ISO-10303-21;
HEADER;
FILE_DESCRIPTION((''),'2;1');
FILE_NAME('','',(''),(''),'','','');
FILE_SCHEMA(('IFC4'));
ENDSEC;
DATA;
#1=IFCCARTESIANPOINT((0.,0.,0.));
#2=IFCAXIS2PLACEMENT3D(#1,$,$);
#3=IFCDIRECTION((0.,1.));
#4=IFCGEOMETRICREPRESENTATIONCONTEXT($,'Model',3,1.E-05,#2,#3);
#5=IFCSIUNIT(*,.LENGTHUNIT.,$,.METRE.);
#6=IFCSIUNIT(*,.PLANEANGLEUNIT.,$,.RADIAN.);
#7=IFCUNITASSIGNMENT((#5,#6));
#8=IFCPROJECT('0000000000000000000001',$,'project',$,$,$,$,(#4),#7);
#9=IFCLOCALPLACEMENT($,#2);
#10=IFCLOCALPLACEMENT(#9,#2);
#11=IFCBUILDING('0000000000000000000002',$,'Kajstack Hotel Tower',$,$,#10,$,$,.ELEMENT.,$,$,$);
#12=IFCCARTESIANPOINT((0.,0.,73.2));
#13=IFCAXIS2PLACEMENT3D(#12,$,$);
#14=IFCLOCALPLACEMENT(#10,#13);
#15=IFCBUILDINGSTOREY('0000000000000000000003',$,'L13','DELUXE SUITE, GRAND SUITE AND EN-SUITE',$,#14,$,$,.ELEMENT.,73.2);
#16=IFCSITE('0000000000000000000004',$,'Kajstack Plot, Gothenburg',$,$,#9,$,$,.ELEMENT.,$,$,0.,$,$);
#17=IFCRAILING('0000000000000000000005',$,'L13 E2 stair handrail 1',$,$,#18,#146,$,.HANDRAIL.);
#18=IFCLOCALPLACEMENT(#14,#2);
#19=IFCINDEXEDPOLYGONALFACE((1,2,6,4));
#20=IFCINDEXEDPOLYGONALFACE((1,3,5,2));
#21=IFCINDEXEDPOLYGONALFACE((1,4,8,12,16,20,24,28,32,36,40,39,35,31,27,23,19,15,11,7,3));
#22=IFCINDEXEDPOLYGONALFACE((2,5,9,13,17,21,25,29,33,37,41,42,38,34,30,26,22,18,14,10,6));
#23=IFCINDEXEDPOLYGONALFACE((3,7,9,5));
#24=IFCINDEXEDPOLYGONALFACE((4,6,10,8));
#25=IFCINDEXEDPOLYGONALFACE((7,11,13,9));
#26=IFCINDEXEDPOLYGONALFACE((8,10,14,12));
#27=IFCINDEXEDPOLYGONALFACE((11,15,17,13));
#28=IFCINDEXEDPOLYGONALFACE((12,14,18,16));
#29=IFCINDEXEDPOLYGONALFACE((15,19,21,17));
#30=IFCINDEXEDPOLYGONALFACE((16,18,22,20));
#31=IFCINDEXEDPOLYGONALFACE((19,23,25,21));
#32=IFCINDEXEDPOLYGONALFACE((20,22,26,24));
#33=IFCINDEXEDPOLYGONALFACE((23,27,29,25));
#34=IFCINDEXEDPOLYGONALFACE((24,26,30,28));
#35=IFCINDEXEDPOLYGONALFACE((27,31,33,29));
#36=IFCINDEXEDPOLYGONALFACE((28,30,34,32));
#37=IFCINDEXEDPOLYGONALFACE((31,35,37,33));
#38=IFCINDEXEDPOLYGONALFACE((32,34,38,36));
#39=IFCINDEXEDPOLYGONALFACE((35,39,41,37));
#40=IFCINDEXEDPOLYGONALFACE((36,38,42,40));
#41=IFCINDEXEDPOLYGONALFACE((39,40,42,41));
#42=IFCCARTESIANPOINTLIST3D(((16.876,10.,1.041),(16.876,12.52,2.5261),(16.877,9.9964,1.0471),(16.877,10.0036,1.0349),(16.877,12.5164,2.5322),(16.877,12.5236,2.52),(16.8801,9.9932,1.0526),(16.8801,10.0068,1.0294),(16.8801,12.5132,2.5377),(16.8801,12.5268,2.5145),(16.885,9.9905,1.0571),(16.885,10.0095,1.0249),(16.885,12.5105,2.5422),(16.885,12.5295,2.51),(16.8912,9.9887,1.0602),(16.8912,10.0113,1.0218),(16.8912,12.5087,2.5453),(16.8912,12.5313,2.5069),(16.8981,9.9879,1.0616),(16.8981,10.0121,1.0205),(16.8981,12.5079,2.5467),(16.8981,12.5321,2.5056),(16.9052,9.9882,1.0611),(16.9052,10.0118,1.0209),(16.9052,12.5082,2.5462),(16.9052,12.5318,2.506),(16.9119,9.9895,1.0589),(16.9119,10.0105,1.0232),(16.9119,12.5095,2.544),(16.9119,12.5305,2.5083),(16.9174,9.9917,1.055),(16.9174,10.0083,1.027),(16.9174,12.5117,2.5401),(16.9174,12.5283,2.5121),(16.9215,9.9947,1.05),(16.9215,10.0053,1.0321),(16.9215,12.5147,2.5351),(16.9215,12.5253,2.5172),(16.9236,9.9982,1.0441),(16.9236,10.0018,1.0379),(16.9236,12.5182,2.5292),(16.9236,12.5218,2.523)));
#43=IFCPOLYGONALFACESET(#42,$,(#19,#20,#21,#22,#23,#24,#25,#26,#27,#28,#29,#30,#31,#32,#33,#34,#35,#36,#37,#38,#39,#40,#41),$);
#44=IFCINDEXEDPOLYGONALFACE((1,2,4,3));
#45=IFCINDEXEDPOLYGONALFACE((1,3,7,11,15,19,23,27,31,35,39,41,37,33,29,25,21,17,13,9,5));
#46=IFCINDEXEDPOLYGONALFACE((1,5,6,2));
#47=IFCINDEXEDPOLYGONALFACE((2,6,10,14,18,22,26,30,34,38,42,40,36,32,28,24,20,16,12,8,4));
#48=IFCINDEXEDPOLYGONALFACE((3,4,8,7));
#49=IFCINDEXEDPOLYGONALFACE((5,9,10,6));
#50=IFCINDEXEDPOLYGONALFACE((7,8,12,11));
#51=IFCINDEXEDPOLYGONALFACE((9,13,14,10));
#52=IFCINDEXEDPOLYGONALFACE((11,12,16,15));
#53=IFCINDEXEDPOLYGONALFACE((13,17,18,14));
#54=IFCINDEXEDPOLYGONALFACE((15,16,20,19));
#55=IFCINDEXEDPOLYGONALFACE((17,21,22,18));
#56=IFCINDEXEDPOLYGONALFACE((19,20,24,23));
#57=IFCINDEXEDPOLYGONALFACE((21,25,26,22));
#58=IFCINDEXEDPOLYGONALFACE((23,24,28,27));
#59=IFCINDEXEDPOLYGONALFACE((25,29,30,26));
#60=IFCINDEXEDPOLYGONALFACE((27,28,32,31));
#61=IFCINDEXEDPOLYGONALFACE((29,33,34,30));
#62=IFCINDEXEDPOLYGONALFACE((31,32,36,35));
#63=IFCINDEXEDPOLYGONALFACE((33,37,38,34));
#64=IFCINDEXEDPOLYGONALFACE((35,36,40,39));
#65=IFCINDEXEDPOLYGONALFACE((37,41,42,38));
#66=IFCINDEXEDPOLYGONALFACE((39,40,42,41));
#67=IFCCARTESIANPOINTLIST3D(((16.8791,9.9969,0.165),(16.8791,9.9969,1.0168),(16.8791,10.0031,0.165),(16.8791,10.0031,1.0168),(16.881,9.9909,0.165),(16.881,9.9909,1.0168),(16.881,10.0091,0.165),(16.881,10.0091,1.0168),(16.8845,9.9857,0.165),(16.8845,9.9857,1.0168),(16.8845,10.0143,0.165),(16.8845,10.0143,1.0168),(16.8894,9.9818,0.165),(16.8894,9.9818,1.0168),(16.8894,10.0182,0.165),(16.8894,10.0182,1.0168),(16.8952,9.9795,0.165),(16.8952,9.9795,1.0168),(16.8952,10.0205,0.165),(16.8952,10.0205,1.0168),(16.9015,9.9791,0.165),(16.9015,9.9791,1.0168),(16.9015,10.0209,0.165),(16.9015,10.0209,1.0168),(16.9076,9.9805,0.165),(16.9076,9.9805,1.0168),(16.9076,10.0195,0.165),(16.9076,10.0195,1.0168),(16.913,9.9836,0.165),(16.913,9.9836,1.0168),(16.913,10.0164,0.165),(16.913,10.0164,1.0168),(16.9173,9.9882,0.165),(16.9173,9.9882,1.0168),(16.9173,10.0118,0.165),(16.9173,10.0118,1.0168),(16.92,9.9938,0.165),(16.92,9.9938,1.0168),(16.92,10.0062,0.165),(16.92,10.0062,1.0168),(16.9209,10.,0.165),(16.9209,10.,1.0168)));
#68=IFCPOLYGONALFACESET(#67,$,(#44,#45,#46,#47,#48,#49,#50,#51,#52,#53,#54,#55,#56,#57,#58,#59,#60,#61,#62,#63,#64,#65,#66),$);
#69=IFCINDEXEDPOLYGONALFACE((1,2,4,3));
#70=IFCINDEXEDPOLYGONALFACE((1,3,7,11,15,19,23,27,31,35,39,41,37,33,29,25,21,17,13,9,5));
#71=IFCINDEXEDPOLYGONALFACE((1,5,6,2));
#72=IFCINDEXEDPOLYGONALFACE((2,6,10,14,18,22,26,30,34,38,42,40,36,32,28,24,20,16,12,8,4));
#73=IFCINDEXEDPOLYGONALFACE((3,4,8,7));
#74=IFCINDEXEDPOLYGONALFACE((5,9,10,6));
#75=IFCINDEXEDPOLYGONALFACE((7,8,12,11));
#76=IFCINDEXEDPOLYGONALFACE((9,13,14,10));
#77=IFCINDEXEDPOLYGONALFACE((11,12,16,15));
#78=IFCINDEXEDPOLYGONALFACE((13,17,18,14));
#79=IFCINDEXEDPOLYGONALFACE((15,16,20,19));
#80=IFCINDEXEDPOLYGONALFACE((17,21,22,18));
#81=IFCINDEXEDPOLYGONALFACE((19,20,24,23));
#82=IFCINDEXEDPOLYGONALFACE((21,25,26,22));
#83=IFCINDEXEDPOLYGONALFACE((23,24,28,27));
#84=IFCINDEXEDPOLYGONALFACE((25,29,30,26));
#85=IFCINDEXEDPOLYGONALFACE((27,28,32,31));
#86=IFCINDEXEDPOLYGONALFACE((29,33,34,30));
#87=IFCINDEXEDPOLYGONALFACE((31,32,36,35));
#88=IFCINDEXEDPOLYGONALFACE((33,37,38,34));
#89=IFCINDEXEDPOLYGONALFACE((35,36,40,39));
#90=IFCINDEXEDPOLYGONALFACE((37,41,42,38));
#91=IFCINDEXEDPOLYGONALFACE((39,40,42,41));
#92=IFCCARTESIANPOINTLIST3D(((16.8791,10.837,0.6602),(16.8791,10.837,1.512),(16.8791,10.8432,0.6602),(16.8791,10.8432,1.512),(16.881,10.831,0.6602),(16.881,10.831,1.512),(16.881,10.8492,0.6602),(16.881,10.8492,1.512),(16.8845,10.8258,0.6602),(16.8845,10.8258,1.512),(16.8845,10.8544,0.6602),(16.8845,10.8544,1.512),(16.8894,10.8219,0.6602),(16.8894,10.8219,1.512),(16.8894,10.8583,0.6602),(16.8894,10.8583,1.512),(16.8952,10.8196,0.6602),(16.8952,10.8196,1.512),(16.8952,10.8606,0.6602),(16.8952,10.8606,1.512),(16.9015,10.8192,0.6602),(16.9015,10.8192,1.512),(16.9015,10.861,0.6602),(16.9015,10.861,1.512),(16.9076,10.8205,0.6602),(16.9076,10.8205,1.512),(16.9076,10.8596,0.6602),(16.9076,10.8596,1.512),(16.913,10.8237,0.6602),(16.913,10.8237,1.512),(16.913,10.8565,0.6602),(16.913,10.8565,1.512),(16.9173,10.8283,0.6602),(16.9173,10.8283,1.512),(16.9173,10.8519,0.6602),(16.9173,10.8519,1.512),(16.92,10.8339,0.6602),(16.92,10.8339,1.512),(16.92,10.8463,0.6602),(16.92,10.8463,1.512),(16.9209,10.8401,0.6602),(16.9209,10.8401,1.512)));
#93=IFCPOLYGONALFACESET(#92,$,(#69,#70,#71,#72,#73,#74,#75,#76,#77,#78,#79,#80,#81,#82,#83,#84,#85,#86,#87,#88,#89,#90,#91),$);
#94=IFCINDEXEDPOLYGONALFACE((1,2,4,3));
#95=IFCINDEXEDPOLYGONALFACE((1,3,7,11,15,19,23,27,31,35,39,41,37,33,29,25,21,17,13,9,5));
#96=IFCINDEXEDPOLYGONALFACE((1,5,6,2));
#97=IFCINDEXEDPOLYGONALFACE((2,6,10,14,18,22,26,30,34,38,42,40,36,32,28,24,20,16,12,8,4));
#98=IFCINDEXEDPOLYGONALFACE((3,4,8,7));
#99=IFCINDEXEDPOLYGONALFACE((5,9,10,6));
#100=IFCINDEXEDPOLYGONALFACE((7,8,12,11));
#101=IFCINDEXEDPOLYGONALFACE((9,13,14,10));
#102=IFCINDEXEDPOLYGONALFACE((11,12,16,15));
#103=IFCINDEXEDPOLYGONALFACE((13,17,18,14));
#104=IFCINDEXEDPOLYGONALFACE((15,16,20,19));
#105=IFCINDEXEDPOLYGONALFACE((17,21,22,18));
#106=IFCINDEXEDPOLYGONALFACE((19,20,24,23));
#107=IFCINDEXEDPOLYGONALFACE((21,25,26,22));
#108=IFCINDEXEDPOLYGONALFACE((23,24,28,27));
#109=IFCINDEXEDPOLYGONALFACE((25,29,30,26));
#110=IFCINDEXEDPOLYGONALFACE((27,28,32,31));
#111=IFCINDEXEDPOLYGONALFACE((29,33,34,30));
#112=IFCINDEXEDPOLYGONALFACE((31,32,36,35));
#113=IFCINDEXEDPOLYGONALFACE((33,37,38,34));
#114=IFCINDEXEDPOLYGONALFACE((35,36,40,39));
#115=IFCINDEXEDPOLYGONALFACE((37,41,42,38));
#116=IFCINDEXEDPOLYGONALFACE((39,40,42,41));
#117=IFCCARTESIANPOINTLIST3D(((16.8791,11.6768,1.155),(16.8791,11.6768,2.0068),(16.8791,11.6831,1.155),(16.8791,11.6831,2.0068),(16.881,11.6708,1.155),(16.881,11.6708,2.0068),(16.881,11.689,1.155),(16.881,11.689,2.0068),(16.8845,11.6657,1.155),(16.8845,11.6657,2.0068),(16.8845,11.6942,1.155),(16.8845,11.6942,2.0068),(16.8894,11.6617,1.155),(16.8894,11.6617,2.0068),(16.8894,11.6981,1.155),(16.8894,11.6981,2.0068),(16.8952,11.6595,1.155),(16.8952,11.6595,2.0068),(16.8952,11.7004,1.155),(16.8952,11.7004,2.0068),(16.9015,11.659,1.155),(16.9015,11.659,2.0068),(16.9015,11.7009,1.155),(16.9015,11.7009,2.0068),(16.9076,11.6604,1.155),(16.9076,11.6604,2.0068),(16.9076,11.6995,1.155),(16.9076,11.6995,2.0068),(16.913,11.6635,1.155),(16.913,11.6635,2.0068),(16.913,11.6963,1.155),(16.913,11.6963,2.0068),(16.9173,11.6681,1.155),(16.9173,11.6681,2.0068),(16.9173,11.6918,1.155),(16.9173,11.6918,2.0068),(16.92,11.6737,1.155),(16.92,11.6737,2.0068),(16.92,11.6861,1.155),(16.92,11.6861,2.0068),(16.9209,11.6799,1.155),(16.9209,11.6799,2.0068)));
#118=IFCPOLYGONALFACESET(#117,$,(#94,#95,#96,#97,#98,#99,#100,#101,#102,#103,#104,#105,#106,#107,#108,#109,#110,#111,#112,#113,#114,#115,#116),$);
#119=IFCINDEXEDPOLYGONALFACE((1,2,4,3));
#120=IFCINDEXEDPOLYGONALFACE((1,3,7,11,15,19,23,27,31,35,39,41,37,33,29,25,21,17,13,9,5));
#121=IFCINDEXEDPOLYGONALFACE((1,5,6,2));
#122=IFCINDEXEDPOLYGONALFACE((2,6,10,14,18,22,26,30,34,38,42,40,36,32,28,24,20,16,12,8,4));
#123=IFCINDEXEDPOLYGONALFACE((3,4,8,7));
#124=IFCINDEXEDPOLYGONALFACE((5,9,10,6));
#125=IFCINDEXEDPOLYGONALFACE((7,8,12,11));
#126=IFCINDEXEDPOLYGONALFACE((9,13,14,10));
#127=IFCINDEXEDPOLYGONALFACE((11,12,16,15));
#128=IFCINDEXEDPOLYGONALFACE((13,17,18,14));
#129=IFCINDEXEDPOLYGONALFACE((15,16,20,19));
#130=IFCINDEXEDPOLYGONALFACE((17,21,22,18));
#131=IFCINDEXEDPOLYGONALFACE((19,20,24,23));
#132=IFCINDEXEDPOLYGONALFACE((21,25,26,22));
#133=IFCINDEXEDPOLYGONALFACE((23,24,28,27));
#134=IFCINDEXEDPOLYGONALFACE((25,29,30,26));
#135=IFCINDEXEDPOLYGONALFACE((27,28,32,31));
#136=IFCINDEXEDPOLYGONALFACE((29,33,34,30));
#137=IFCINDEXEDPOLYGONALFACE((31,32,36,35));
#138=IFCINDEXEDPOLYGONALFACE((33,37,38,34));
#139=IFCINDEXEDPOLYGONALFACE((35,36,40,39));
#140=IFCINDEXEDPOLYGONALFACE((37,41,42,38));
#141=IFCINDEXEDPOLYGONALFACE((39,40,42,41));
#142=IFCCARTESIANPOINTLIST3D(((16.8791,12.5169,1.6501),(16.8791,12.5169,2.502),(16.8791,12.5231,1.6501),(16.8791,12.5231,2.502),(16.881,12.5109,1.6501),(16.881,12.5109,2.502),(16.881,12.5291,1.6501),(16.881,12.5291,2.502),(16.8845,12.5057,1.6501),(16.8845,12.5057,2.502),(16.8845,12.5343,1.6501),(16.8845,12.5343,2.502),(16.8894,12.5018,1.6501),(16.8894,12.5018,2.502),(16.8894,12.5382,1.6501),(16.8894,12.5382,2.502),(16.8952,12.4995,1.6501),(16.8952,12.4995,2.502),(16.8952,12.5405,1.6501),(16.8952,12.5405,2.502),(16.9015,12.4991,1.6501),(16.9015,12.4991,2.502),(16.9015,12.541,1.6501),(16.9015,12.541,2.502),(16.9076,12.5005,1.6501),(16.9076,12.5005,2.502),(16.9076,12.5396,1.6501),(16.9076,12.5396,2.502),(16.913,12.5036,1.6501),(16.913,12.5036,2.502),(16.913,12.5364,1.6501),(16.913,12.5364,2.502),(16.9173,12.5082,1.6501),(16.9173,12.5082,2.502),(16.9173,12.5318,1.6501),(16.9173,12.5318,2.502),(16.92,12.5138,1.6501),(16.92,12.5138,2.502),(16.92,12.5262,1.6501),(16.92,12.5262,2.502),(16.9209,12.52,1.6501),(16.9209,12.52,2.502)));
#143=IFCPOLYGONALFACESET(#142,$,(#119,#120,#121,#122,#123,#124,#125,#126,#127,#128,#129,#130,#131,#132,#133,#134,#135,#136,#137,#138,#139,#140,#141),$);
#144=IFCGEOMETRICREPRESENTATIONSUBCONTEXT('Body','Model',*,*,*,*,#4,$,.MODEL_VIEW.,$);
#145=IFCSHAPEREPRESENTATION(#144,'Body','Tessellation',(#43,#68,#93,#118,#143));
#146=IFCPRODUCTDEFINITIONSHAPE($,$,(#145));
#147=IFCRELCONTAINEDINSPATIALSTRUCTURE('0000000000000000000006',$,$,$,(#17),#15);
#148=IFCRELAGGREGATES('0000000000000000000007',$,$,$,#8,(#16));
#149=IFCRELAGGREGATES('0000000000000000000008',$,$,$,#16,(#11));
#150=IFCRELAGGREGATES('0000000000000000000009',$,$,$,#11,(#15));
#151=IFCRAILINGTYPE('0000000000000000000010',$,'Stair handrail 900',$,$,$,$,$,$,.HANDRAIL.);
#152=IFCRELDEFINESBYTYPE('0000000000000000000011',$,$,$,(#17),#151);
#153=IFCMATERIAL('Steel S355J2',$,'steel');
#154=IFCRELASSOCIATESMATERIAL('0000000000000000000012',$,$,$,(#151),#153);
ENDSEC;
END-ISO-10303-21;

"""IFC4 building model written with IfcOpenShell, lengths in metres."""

from ifc_helpers import new_model, si_unit, direction, frame, origin, origin_2d, place, context, subcontext, project, spatial, circle, extrude, material, type_object, element, save


model = new_model("IFC4")

# Units and contexts
model_context = context("Model", 3, precision=1e-05, world=origin(), true_north=direction((0.0, 1.0)))
body_context = subcontext(model_context, "Body", "Model", "MODEL_VIEW")
ifc_project = project(units=[si_unit("LENGTHUNIT", "METRE"), si_unit("PLANEANGLEUNIT", "RADIAN")], contexts=[model_context])

# Site, building, storey
site_placement = place(None, origin())
site = spatial("IfcSite", under=ifc_project, at=site_placement, Name="Kajstack Plot, Gothenburg", CompositionType="ELEMENT", RefElevation=0.0)
building_placement = place(site_placement, origin())
building = spatial("IfcBuilding", under=site, at=building_placement, Name="Kajstack Hotel Tower", CompositionType="ELEMENT")
storey_placement = place(building_placement, frame((0.0, 0.0, 73.2)))
storey = spatial("IfcBuildingStorey", under=building, at=storey_placement, Name="L13", Description="DELUXE SUITE, GRAND SUITE AND EN-SUITE", CompositionType="ELEMENT", Elevation=73.2)

# Railing
ifc_material_1 = material(Name="Steel S355J2", Category="steel")
railing_type_1 = type_object("IfcRailingType", Name="Stair handrail 900", PredefinedType="HANDRAIL", material=ifc_material_1)
railing_1_placement = place(storey_placement, frame((16.8999, 10.0, 0.165)))
element("IfcRailing", 1, at=railing_1_placement, inside=storey, type_object=railing_type_1, Name="L13 E2 stair handrail 1", PredefinedType="HANDRAIL", context=body_context, shape_type="SweptSolid", body=[
    extrude(circle(Radius=0.0239, at=origin_2d()), frame((0.0, 0.0, 0.876), z_axis=(0.0, 0.861524, 0.507717), x_axis=(-1.0, 0.0, 0.0)), (0.0, 0.0, 1.0), 2.925),
    extrude(circle(Radius=0.021, at=origin_2d()), origin(), (0.0, 0.0, 1.0), 0.8518),
    extrude(circle(Radius=0.021, at=origin_2d()), frame((0.0, 0.8401, 0.4951)), (0.0, 0.0, 1.0), 0.8518),
    extrude(circle(Radius=0.021, at=origin_2d()), frame((0.0, 1.6799, 0.99)), (0.0, 0.0, 1.0), 0.8518),
    extrude(circle(Radius=0.021, at=origin_2d()), frame((0.0, 2.52, 1.4851)), (0.0, 0.0, 1.0), 0.8518),
])

save(model, "model.ifc")
